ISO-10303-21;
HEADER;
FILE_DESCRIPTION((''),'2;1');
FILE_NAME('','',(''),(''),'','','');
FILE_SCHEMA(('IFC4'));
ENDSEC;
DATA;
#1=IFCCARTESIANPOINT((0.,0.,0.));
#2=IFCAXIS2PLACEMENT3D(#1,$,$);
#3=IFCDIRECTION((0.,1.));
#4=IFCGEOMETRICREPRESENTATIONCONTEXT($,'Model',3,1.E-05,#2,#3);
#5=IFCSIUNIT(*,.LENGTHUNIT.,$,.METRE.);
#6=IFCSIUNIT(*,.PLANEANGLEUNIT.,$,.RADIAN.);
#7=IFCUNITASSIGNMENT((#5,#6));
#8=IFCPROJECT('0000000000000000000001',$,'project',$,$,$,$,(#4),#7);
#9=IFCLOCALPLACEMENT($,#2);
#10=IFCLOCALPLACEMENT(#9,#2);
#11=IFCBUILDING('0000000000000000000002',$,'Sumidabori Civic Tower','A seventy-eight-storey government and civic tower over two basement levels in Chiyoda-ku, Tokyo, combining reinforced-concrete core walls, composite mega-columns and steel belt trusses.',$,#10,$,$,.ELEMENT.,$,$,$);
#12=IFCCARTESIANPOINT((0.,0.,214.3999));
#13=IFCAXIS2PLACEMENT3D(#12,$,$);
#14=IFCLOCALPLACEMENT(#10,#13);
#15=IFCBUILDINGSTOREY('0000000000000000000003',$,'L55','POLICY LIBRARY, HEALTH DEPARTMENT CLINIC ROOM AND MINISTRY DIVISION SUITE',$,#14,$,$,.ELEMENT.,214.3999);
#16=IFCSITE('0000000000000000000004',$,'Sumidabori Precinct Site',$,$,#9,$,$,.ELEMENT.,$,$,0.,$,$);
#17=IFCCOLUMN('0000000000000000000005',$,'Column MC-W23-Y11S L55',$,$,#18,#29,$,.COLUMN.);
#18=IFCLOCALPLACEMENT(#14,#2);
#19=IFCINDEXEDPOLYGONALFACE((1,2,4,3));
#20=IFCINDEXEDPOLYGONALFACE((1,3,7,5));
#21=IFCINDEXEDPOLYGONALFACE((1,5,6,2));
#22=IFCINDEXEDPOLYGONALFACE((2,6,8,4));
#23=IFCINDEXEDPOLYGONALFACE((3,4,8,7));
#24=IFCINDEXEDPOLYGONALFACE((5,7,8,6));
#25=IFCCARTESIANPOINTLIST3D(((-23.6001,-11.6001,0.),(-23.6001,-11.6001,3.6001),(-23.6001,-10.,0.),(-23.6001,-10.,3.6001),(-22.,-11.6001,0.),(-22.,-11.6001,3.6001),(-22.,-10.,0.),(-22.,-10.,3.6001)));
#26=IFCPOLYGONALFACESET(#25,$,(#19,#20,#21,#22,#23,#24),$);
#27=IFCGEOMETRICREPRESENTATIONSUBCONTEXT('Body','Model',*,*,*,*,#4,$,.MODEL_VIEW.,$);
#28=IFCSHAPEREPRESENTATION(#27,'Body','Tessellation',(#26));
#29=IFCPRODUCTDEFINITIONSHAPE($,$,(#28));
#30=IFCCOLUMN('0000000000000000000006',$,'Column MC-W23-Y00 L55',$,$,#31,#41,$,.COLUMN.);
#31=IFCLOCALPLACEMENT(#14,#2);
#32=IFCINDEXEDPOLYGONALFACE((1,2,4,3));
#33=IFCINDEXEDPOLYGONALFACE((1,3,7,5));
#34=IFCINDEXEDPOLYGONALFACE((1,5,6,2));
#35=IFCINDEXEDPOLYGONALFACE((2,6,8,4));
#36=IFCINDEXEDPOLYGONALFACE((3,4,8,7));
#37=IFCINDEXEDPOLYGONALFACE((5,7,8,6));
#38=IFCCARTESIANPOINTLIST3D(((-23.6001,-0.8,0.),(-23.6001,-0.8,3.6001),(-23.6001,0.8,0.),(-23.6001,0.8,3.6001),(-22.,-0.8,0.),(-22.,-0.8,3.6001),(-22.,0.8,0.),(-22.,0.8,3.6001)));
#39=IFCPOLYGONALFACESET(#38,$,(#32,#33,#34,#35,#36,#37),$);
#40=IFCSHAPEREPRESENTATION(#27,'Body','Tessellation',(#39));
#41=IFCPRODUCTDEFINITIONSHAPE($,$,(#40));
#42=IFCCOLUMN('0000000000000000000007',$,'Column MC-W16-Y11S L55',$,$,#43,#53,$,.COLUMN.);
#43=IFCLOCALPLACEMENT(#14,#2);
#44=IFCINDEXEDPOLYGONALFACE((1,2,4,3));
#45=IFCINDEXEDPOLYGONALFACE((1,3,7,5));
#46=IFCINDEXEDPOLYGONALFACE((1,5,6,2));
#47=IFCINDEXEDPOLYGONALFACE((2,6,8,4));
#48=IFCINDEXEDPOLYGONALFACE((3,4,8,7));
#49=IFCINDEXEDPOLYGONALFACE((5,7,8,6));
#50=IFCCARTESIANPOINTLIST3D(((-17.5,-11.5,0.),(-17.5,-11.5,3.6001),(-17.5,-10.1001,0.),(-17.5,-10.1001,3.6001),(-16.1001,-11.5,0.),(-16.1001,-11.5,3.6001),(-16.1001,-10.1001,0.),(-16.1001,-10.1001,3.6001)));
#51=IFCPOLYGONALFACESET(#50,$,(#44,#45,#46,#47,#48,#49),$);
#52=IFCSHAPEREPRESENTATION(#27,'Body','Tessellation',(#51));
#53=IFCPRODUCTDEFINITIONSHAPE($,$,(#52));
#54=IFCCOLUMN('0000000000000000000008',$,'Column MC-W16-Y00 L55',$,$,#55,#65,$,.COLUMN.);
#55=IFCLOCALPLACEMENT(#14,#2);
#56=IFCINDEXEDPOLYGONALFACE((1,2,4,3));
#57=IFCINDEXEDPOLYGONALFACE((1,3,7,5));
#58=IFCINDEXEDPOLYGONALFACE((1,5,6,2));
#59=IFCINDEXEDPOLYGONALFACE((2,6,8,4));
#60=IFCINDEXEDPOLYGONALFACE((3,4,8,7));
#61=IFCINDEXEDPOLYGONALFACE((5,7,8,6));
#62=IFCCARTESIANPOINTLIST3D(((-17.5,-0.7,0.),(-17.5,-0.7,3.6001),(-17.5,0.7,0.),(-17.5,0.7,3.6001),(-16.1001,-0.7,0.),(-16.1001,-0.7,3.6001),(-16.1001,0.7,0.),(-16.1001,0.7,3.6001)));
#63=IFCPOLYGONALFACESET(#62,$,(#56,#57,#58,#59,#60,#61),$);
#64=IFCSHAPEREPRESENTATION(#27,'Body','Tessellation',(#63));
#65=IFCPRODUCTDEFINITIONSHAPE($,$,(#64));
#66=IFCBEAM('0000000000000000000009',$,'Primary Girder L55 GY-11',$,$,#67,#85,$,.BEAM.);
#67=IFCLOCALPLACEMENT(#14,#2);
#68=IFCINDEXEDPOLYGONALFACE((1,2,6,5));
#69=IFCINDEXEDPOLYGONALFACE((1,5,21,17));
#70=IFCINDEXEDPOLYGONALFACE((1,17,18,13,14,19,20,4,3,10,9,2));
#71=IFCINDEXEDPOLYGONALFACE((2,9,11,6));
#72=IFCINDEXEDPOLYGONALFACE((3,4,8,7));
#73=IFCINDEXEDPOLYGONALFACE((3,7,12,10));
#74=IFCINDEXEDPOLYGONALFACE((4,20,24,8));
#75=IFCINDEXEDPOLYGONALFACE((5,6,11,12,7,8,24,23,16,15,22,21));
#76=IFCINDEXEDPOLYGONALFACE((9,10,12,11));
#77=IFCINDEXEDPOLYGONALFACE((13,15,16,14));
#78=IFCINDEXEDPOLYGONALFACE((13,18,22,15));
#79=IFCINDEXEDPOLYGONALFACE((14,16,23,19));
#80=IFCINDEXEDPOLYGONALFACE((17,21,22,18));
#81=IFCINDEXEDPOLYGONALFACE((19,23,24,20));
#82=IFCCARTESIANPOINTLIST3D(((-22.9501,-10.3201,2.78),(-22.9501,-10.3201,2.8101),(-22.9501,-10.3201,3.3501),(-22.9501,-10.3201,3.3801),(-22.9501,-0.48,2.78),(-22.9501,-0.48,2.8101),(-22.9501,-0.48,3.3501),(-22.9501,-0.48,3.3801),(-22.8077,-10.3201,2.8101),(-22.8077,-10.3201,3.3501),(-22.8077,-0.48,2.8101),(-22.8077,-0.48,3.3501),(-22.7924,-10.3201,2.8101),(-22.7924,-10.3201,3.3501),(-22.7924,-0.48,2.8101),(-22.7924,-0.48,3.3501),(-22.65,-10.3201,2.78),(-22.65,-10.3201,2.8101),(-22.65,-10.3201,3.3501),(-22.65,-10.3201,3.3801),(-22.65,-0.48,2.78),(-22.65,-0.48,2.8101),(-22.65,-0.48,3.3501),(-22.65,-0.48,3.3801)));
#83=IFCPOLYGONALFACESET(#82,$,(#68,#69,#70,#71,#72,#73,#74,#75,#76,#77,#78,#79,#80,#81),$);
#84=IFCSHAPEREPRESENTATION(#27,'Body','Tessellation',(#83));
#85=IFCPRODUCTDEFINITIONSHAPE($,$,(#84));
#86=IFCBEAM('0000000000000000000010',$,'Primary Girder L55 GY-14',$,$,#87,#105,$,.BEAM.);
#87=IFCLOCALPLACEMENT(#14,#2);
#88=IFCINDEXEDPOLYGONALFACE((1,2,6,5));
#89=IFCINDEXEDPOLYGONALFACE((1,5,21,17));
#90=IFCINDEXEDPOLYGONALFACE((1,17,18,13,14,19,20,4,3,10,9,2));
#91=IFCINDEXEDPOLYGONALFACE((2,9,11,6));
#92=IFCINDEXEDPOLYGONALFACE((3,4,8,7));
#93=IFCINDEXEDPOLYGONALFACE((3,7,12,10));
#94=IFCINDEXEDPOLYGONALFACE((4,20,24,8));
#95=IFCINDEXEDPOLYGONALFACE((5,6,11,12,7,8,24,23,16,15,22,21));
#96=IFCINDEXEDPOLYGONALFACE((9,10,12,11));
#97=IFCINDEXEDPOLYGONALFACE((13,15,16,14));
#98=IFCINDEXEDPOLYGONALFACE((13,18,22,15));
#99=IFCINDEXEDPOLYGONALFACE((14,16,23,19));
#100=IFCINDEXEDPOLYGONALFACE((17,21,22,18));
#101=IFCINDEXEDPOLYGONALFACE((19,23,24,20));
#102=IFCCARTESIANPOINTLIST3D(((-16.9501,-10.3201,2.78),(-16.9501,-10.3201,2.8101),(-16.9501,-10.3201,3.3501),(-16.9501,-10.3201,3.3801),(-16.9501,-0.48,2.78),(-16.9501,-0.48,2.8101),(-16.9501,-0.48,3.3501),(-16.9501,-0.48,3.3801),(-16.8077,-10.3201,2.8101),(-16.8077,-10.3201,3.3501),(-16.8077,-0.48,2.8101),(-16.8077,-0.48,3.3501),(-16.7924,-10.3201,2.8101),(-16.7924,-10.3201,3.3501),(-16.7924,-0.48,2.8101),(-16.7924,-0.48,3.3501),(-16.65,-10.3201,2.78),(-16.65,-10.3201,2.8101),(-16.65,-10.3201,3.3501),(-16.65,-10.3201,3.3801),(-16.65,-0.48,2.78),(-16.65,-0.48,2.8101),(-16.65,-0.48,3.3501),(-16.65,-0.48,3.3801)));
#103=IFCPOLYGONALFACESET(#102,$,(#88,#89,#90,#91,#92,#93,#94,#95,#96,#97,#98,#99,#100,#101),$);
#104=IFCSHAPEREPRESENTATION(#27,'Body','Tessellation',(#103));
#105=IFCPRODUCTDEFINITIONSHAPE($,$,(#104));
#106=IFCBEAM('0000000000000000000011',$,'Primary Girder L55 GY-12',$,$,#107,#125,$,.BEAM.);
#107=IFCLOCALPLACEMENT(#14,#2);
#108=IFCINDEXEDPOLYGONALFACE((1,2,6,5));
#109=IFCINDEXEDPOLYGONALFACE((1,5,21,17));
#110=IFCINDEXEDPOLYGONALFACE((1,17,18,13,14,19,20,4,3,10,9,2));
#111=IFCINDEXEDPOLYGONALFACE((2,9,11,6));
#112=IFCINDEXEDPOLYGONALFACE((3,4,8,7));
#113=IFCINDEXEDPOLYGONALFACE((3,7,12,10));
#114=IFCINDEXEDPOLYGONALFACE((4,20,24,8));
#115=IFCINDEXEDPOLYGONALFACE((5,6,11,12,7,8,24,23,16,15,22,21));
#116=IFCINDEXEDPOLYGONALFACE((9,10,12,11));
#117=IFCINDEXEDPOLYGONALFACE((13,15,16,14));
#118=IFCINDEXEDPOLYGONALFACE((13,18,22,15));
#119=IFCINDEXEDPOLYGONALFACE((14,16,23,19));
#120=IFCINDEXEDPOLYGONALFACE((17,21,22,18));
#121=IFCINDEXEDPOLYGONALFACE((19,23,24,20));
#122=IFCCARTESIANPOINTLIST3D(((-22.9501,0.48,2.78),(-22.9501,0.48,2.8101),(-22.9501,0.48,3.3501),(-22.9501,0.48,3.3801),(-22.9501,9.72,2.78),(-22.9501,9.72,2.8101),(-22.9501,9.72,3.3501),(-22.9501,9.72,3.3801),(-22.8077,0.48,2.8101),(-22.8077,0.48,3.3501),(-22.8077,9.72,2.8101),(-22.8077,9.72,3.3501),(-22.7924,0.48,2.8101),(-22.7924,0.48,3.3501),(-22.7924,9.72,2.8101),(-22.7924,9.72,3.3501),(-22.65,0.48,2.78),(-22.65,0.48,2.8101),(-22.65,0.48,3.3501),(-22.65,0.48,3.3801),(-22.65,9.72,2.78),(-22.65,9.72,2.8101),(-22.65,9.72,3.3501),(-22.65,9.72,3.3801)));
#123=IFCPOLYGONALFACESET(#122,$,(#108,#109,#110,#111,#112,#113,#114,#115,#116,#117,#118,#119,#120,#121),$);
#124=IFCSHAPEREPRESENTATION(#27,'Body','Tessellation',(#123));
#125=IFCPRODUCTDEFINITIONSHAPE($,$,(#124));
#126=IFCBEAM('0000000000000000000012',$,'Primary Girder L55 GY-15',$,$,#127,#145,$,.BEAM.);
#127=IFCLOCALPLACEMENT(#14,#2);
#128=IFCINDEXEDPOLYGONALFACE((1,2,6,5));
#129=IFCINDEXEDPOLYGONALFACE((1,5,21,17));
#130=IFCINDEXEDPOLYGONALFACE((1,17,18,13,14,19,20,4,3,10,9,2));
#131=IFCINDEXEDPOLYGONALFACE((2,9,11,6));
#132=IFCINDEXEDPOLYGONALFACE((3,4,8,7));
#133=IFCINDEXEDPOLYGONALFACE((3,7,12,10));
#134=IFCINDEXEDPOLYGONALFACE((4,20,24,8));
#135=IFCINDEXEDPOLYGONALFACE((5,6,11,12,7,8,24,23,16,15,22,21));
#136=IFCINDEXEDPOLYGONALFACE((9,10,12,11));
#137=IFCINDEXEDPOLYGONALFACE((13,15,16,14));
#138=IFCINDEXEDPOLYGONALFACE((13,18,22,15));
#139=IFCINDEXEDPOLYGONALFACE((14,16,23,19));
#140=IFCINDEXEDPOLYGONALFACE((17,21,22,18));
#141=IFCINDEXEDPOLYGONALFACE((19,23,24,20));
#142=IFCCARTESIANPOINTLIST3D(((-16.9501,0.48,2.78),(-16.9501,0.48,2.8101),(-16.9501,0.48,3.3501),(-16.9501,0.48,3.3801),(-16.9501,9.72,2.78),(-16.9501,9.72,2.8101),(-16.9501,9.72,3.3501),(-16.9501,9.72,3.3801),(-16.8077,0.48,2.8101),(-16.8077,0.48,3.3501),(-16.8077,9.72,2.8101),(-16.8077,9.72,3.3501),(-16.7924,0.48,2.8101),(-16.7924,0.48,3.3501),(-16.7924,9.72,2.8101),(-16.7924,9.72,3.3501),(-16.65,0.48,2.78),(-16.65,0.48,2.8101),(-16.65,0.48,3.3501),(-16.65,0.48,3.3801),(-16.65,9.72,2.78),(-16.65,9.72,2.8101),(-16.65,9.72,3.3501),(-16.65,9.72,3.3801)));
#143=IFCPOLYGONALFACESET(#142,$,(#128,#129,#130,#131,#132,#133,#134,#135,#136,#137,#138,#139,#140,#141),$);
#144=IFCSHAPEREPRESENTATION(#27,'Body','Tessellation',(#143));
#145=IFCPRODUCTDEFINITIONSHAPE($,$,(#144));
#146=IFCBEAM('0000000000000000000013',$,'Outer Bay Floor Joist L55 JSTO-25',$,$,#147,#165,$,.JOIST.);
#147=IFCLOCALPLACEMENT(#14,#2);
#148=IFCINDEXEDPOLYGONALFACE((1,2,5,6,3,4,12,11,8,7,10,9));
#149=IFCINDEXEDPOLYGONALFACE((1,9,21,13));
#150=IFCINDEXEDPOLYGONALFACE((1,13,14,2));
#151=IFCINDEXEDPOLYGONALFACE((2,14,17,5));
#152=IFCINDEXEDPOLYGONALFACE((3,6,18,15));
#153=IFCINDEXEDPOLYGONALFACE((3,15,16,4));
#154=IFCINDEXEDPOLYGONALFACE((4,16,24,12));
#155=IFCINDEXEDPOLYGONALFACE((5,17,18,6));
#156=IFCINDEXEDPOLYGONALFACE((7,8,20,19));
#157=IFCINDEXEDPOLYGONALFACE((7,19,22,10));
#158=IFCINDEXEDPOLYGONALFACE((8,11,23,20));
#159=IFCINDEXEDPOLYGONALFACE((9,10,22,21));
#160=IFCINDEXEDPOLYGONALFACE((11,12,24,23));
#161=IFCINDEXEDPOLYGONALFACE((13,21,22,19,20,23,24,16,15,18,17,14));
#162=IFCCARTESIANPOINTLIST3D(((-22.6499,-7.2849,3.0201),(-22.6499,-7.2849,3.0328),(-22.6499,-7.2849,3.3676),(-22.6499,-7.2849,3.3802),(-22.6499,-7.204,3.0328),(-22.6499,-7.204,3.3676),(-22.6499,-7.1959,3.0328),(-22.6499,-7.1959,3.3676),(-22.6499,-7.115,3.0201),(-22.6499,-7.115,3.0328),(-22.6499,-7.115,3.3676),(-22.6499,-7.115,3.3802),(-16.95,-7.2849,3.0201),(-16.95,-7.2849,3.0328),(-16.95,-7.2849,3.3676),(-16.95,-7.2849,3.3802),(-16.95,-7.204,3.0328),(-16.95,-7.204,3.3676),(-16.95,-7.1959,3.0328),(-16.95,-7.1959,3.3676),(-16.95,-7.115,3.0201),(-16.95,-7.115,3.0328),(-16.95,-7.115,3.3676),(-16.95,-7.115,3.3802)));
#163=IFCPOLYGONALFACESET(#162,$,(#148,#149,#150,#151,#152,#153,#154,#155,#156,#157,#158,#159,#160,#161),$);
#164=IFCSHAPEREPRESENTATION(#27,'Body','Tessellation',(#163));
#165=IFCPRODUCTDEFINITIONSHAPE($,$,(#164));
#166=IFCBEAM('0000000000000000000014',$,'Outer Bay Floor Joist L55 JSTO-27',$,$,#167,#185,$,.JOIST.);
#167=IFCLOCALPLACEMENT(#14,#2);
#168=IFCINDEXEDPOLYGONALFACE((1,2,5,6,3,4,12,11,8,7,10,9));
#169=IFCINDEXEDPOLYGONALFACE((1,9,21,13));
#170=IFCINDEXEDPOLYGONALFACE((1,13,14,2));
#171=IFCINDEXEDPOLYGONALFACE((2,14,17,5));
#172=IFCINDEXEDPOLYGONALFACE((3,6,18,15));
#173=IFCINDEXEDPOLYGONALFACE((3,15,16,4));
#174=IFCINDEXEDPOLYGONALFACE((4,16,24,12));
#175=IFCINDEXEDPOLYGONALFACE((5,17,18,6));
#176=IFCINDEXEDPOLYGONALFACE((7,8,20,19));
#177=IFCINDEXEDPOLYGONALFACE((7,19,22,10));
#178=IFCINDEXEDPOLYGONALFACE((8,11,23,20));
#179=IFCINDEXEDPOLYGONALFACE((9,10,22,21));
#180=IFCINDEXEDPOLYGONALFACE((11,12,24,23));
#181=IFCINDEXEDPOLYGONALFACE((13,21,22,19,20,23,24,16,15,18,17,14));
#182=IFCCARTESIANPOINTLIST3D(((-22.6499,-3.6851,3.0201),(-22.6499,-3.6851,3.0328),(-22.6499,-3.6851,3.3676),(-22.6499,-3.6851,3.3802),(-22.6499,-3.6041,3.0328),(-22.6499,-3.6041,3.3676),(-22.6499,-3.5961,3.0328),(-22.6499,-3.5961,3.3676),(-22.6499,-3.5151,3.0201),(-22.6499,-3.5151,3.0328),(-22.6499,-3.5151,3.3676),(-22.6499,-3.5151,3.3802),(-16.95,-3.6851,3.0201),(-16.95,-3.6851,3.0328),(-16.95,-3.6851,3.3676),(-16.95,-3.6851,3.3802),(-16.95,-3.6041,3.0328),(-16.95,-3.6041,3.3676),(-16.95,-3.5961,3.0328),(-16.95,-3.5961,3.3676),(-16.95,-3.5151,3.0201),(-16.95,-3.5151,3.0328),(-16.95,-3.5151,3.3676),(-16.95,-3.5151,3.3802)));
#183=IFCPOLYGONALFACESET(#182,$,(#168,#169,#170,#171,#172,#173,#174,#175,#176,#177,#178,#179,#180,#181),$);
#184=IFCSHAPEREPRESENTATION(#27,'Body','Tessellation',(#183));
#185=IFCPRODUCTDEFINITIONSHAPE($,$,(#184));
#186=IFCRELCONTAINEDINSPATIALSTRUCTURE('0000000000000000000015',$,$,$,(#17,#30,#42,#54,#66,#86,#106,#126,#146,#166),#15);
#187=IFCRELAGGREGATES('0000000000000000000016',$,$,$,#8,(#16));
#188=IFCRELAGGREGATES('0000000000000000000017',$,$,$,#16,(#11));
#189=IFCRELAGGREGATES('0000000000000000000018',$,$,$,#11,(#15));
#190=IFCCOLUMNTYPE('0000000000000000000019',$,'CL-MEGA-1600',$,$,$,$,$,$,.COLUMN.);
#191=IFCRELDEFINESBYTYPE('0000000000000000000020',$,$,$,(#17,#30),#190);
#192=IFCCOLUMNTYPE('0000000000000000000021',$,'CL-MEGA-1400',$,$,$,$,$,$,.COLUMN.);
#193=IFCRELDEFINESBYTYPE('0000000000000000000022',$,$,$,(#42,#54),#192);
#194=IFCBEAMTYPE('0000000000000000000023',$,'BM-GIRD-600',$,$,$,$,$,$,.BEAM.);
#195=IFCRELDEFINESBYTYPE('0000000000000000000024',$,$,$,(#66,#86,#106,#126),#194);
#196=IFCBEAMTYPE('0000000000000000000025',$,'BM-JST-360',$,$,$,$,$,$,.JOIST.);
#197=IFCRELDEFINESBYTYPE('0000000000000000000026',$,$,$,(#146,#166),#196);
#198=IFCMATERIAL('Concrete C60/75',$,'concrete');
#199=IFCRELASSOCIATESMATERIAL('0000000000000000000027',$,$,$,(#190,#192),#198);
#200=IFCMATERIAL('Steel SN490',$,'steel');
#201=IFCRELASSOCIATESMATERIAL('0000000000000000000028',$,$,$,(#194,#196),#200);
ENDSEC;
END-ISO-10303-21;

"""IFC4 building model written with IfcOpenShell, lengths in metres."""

from ifc_helpers import new_model, si_unit, direction, frame, origin, origin_2d, place, context, subcontext, project, spatial, rectangle, i_section, extrude, source, transform, mapped, material, material_profile, profile_set, type_object, element, save


model = new_model("IFC4")

# Units and contexts
model_context = context("Model", 3, precision=1e-05, world=origin(), true_north=direction((0.0, 1.0)))
body_context = subcontext(model_context, "Body", "Model", "MODEL_VIEW")
ifc_project = project(units=[si_unit("LENGTHUNIT", "METRE"), si_unit("PLANEANGLEUNIT", "RADIAN")], contexts=[model_context])

# Site, building, storey
site_placement = place(None, origin())
site = spatial("IfcSite", under=ifc_project, at=site_placement, Name="Sumidabori Precinct Site", CompositionType="ELEMENT", RefElevation=0.0)
building_placement = place(site_placement, origin())
building = spatial("IfcBuilding", under=site, at=building_placement, Name="Sumidabori Civic Tower", Description="A seventy-eight-storey government and civic tower over two basement levels in Chiyoda-ku, Tokyo, combining reinforced-concrete core walls, composite mega-columns and steel belt trusses.", CompositionType="ELEMENT")
storey_placement = place(building_placement, frame((0.0, 0.0, 214.3999)))
storey = spatial("IfcBuildingStorey", under=building, at=storey_placement, Name="L55", Description="POLICY LIBRARY, HEALTH DEPARTMENT CLINIC ROOM AND MINISTRY DIVISION SUITE", CompositionType="ELEMENT", Elevation=214.3999)

# Columns
ifc_material_1 = material(Name="Concrete C60/75", Category="concrete")
ifc_material_profile_1 = material_profile(ifc_material_1, rectangle(XDim=1.6001, YDim=1.6001, at=origin_2d()), Name="RC 1600x1600")
ifc_profile_set_1 = profile_set([ifc_material_profile_1], Name="Concrete C60/75")
column_type_1 = type_object("IfcColumnType", Name="CL-MEGA-1600", PredefinedType="COLUMN", material=ifc_profile_set_1)
shared_shape_1 = source(origin(), body_context, "Body", "SweptSolid", [
    extrude(rectangle(XDim=1.6001, YDim=1.6001, at=origin_2d()), origin(), (0.0, 0.0, 1.0), 3.6001),
])
for number, where, z_axis, x_axis, name in (
    (1, (-22.8, -10.8, 0.0), (0.0, 0.0, 1.0), (1.0, 0.0, 0.0), "Column MC-W23-Y11S L55"),
    (2, (-22.8, 0.0, 0.0), (0.0, 0.0, 1.0), (1.0, 0.0, 0.0), "Column MC-W23-Y00 L55"),
):
    element("IfcColumn", number, at=place(storey_placement, frame(where, z_axis=z_axis, x_axis=x_axis)), inside=storey, type_object=column_type_1, Name=name, PredefinedType="COLUMN", context=body_context, shape_type="MappedRepresentation", body=[
        mapped(shared_shape_1, transform((0.0, 0.0, 0.0), x_axis=(1.0, 0.0, 0.0), y_axis=(0.0, 1.0, 0.0), z_axis=(0.0, 0.0, 1.0), scale=1.0)),
    ])
ifc_material_profile_2 = material_profile(ifc_material_1, rectangle(XDim=1.3999, YDim=1.3999, at=origin_2d()), Name="RC 1400x1400")
ifc_profile_set_2 = profile_set([ifc_material_profile_2], Name="Concrete C60/75")
column_type_2 = type_object("IfcColumnType", Name="CL-MEGA-1400", PredefinedType="COLUMN", material=ifc_profile_set_2)
shared_shape_2 = source(origin(), body_context, "Body", "SweptSolid", [
    extrude(rectangle(XDim=1.3999, YDim=1.3999, at=origin_2d()), origin(), (0.0, 0.0, 1.0), 3.6001),
])
for number, where, z_axis, x_axis, name in (
    (3, (-16.8, -10.8, 0.0), (0.0, 0.0, 1.0), (1.0, 0.0, 0.0), "Column MC-W16-Y11S L55"),
    (4, (-16.8, 0.0, 0.0), (0.0, 0.0, 1.0), (1.0, 0.0, 0.0), "Column MC-W16-Y00 L55"),
):
    element("IfcColumn", number, at=place(storey_placement, frame(where, z_axis=z_axis, x_axis=x_axis)), inside=storey, type_object=column_type_2, Name=name, PredefinedType="COLUMN", context=body_context, shape_type="MappedRepresentation", body=[
        mapped(shared_shape_2, transform((0.0, 0.0, 0.0), x_axis=(1.0, 0.0, 0.0), y_axis=(0.0, 1.0, 0.0), z_axis=(0.0, 0.0, 1.0), scale=1.0)),
    ])

# Beams
ifc_material_2 = material(Name="Steel SN490", Category="steel")
ifc_material_profile_3 = material_profile(ifc_material_2, i_section(OverallWidth=0.3, OverallDepth=0.6001, WebThickness=0.0154, FlangeThickness=0.03, at=origin_2d()), Name="HE 600 B")
ifc_profile_set_3 = profile_set([ifc_material_profile_3], Name="Steel SN490")
beam_type_1 = type_object("IfcBeamType", Name="BM-GIRD-600", PredefinedType="BEAM", material=ifc_profile_set_3)
shared_shape_3 = source(origin(), body_context, "Body", "SweptSolid", [
    extrude(i_section(OverallWidth=0.3, OverallDepth=0.6001, WebThickness=0.0154, FlangeThickness=0.03, at=origin_2d()), origin(), (0.0, 0.0, 1.0), 9.8401),
])
for number, where, z_axis, x_axis, name in (
    (5, (-22.8, -10.3201, 3.0801), (0.0, 1.0, 0.0), (-1.0, 0.0, 0.0), "Primary Girder L55 GY-11"),
    (6, (-16.8, -10.3201, 3.0801), (0.0, 1.0, 0.0), (-1.0, 0.0, 0.0), "Primary Girder L55 GY-14"),
):
    element("IfcBeam", number, at=place(storey_placement, frame(where, z_axis=z_axis, x_axis=x_axis)), inside=storey, type_object=beam_type_1, Name=name, PredefinedType="BEAM", context=body_context, shape_type="MappedRepresentation", body=[
        mapped(shared_shape_3, transform((0.0, 0.0, 0.0), x_axis=(1.0, 0.0, 0.0), y_axis=(0.0, 1.0, 0.0), z_axis=(0.0, 0.0, 1.0), scale=1.0)),
    ])
shared_shape_4 = source(origin(), body_context, "Body", "SweptSolid", [
    extrude(i_section(OverallWidth=0.3, OverallDepth=0.6001, WebThickness=0.0154, FlangeThickness=0.03, at=origin_2d()), origin(), (0.0, 0.0, 1.0), 9.24),
])
for number, where, z_axis, x_axis, name in (
    (7, (-22.8, 0.48, 3.0801), (0.0, 1.0, 0.0), (-1.0, 0.0, 0.0), "Primary Girder L55 GY-12"),
    (8, (-16.8, 0.48, 3.0801), (0.0, 1.0, 0.0), (-1.0, 0.0, 0.0), "Primary Girder L55 GY-15"),
):
    element("IfcBeam", number, at=place(storey_placement, frame(where, z_axis=z_axis, x_axis=x_axis)), inside=storey, type_object=beam_type_1, Name=name, PredefinedType="BEAM", context=body_context, shape_type="MappedRepresentation", body=[
        mapped(shared_shape_4, transform((0.0, 0.0, 0.0), x_axis=(1.0, 0.0, 0.0), y_axis=(0.0, 1.0, 0.0), z_axis=(0.0, 0.0, 1.0), scale=1.0)),
    ])
ifc_material_profile_4 = material_profile(ifc_material_2, i_section(OverallWidth=0.1699, OverallDepth=0.3601, WebThickness=0.0081, FlangeThickness=0.0127, at=origin_2d()), Name="IPE 360")
ifc_profile_set_4 = profile_set([ifc_material_profile_4], Name="Steel SN490")
beam_type_2 = type_object("IfcBeamType", Name="BM-JST-360", PredefinedType="JOIST", material=ifc_profile_set_4)
shared_shape_5 = source(origin(), body_context, "Body", "SweptSolid", [
    extrude(i_section(OverallWidth=0.1699, OverallDepth=0.3601, WebThickness=0.0081, FlangeThickness=0.0127, at=origin_2d()), origin(), (0.0, 0.0, 1.0), 5.7),
])
for number, where, z_axis, x_axis, name in (
    (9, (-22.6499, -7.2, 3.2002), (1.0, 0.0, 0.0), (0.0, 1.0, 0.0), "Outer Bay Floor Joist L55 JSTO-25"),
    (10, (-22.6499, -3.6001, 3.2002), (1.0, 0.0, 0.0), (0.0, 1.0, 0.0), "Outer Bay Floor Joist L55 JSTO-27"),
):
    element("IfcBeam", number, at=place(storey_placement, frame(where, z_axis=z_axis, x_axis=x_axis)), inside=storey, type_object=beam_type_2, Name=name, PredefinedType="JOIST", context=body_context, shape_type="MappedRepresentation", body=[
        mapped(shared_shape_5, transform((0.0, 0.0, 0.0), x_axis=(1.0, 0.0, 0.0), y_axis=(0.0, 1.0, 0.0), z_axis=(0.0, 0.0, 1.0), scale=1.0)),
    ])

save(model, "model.ifc")
